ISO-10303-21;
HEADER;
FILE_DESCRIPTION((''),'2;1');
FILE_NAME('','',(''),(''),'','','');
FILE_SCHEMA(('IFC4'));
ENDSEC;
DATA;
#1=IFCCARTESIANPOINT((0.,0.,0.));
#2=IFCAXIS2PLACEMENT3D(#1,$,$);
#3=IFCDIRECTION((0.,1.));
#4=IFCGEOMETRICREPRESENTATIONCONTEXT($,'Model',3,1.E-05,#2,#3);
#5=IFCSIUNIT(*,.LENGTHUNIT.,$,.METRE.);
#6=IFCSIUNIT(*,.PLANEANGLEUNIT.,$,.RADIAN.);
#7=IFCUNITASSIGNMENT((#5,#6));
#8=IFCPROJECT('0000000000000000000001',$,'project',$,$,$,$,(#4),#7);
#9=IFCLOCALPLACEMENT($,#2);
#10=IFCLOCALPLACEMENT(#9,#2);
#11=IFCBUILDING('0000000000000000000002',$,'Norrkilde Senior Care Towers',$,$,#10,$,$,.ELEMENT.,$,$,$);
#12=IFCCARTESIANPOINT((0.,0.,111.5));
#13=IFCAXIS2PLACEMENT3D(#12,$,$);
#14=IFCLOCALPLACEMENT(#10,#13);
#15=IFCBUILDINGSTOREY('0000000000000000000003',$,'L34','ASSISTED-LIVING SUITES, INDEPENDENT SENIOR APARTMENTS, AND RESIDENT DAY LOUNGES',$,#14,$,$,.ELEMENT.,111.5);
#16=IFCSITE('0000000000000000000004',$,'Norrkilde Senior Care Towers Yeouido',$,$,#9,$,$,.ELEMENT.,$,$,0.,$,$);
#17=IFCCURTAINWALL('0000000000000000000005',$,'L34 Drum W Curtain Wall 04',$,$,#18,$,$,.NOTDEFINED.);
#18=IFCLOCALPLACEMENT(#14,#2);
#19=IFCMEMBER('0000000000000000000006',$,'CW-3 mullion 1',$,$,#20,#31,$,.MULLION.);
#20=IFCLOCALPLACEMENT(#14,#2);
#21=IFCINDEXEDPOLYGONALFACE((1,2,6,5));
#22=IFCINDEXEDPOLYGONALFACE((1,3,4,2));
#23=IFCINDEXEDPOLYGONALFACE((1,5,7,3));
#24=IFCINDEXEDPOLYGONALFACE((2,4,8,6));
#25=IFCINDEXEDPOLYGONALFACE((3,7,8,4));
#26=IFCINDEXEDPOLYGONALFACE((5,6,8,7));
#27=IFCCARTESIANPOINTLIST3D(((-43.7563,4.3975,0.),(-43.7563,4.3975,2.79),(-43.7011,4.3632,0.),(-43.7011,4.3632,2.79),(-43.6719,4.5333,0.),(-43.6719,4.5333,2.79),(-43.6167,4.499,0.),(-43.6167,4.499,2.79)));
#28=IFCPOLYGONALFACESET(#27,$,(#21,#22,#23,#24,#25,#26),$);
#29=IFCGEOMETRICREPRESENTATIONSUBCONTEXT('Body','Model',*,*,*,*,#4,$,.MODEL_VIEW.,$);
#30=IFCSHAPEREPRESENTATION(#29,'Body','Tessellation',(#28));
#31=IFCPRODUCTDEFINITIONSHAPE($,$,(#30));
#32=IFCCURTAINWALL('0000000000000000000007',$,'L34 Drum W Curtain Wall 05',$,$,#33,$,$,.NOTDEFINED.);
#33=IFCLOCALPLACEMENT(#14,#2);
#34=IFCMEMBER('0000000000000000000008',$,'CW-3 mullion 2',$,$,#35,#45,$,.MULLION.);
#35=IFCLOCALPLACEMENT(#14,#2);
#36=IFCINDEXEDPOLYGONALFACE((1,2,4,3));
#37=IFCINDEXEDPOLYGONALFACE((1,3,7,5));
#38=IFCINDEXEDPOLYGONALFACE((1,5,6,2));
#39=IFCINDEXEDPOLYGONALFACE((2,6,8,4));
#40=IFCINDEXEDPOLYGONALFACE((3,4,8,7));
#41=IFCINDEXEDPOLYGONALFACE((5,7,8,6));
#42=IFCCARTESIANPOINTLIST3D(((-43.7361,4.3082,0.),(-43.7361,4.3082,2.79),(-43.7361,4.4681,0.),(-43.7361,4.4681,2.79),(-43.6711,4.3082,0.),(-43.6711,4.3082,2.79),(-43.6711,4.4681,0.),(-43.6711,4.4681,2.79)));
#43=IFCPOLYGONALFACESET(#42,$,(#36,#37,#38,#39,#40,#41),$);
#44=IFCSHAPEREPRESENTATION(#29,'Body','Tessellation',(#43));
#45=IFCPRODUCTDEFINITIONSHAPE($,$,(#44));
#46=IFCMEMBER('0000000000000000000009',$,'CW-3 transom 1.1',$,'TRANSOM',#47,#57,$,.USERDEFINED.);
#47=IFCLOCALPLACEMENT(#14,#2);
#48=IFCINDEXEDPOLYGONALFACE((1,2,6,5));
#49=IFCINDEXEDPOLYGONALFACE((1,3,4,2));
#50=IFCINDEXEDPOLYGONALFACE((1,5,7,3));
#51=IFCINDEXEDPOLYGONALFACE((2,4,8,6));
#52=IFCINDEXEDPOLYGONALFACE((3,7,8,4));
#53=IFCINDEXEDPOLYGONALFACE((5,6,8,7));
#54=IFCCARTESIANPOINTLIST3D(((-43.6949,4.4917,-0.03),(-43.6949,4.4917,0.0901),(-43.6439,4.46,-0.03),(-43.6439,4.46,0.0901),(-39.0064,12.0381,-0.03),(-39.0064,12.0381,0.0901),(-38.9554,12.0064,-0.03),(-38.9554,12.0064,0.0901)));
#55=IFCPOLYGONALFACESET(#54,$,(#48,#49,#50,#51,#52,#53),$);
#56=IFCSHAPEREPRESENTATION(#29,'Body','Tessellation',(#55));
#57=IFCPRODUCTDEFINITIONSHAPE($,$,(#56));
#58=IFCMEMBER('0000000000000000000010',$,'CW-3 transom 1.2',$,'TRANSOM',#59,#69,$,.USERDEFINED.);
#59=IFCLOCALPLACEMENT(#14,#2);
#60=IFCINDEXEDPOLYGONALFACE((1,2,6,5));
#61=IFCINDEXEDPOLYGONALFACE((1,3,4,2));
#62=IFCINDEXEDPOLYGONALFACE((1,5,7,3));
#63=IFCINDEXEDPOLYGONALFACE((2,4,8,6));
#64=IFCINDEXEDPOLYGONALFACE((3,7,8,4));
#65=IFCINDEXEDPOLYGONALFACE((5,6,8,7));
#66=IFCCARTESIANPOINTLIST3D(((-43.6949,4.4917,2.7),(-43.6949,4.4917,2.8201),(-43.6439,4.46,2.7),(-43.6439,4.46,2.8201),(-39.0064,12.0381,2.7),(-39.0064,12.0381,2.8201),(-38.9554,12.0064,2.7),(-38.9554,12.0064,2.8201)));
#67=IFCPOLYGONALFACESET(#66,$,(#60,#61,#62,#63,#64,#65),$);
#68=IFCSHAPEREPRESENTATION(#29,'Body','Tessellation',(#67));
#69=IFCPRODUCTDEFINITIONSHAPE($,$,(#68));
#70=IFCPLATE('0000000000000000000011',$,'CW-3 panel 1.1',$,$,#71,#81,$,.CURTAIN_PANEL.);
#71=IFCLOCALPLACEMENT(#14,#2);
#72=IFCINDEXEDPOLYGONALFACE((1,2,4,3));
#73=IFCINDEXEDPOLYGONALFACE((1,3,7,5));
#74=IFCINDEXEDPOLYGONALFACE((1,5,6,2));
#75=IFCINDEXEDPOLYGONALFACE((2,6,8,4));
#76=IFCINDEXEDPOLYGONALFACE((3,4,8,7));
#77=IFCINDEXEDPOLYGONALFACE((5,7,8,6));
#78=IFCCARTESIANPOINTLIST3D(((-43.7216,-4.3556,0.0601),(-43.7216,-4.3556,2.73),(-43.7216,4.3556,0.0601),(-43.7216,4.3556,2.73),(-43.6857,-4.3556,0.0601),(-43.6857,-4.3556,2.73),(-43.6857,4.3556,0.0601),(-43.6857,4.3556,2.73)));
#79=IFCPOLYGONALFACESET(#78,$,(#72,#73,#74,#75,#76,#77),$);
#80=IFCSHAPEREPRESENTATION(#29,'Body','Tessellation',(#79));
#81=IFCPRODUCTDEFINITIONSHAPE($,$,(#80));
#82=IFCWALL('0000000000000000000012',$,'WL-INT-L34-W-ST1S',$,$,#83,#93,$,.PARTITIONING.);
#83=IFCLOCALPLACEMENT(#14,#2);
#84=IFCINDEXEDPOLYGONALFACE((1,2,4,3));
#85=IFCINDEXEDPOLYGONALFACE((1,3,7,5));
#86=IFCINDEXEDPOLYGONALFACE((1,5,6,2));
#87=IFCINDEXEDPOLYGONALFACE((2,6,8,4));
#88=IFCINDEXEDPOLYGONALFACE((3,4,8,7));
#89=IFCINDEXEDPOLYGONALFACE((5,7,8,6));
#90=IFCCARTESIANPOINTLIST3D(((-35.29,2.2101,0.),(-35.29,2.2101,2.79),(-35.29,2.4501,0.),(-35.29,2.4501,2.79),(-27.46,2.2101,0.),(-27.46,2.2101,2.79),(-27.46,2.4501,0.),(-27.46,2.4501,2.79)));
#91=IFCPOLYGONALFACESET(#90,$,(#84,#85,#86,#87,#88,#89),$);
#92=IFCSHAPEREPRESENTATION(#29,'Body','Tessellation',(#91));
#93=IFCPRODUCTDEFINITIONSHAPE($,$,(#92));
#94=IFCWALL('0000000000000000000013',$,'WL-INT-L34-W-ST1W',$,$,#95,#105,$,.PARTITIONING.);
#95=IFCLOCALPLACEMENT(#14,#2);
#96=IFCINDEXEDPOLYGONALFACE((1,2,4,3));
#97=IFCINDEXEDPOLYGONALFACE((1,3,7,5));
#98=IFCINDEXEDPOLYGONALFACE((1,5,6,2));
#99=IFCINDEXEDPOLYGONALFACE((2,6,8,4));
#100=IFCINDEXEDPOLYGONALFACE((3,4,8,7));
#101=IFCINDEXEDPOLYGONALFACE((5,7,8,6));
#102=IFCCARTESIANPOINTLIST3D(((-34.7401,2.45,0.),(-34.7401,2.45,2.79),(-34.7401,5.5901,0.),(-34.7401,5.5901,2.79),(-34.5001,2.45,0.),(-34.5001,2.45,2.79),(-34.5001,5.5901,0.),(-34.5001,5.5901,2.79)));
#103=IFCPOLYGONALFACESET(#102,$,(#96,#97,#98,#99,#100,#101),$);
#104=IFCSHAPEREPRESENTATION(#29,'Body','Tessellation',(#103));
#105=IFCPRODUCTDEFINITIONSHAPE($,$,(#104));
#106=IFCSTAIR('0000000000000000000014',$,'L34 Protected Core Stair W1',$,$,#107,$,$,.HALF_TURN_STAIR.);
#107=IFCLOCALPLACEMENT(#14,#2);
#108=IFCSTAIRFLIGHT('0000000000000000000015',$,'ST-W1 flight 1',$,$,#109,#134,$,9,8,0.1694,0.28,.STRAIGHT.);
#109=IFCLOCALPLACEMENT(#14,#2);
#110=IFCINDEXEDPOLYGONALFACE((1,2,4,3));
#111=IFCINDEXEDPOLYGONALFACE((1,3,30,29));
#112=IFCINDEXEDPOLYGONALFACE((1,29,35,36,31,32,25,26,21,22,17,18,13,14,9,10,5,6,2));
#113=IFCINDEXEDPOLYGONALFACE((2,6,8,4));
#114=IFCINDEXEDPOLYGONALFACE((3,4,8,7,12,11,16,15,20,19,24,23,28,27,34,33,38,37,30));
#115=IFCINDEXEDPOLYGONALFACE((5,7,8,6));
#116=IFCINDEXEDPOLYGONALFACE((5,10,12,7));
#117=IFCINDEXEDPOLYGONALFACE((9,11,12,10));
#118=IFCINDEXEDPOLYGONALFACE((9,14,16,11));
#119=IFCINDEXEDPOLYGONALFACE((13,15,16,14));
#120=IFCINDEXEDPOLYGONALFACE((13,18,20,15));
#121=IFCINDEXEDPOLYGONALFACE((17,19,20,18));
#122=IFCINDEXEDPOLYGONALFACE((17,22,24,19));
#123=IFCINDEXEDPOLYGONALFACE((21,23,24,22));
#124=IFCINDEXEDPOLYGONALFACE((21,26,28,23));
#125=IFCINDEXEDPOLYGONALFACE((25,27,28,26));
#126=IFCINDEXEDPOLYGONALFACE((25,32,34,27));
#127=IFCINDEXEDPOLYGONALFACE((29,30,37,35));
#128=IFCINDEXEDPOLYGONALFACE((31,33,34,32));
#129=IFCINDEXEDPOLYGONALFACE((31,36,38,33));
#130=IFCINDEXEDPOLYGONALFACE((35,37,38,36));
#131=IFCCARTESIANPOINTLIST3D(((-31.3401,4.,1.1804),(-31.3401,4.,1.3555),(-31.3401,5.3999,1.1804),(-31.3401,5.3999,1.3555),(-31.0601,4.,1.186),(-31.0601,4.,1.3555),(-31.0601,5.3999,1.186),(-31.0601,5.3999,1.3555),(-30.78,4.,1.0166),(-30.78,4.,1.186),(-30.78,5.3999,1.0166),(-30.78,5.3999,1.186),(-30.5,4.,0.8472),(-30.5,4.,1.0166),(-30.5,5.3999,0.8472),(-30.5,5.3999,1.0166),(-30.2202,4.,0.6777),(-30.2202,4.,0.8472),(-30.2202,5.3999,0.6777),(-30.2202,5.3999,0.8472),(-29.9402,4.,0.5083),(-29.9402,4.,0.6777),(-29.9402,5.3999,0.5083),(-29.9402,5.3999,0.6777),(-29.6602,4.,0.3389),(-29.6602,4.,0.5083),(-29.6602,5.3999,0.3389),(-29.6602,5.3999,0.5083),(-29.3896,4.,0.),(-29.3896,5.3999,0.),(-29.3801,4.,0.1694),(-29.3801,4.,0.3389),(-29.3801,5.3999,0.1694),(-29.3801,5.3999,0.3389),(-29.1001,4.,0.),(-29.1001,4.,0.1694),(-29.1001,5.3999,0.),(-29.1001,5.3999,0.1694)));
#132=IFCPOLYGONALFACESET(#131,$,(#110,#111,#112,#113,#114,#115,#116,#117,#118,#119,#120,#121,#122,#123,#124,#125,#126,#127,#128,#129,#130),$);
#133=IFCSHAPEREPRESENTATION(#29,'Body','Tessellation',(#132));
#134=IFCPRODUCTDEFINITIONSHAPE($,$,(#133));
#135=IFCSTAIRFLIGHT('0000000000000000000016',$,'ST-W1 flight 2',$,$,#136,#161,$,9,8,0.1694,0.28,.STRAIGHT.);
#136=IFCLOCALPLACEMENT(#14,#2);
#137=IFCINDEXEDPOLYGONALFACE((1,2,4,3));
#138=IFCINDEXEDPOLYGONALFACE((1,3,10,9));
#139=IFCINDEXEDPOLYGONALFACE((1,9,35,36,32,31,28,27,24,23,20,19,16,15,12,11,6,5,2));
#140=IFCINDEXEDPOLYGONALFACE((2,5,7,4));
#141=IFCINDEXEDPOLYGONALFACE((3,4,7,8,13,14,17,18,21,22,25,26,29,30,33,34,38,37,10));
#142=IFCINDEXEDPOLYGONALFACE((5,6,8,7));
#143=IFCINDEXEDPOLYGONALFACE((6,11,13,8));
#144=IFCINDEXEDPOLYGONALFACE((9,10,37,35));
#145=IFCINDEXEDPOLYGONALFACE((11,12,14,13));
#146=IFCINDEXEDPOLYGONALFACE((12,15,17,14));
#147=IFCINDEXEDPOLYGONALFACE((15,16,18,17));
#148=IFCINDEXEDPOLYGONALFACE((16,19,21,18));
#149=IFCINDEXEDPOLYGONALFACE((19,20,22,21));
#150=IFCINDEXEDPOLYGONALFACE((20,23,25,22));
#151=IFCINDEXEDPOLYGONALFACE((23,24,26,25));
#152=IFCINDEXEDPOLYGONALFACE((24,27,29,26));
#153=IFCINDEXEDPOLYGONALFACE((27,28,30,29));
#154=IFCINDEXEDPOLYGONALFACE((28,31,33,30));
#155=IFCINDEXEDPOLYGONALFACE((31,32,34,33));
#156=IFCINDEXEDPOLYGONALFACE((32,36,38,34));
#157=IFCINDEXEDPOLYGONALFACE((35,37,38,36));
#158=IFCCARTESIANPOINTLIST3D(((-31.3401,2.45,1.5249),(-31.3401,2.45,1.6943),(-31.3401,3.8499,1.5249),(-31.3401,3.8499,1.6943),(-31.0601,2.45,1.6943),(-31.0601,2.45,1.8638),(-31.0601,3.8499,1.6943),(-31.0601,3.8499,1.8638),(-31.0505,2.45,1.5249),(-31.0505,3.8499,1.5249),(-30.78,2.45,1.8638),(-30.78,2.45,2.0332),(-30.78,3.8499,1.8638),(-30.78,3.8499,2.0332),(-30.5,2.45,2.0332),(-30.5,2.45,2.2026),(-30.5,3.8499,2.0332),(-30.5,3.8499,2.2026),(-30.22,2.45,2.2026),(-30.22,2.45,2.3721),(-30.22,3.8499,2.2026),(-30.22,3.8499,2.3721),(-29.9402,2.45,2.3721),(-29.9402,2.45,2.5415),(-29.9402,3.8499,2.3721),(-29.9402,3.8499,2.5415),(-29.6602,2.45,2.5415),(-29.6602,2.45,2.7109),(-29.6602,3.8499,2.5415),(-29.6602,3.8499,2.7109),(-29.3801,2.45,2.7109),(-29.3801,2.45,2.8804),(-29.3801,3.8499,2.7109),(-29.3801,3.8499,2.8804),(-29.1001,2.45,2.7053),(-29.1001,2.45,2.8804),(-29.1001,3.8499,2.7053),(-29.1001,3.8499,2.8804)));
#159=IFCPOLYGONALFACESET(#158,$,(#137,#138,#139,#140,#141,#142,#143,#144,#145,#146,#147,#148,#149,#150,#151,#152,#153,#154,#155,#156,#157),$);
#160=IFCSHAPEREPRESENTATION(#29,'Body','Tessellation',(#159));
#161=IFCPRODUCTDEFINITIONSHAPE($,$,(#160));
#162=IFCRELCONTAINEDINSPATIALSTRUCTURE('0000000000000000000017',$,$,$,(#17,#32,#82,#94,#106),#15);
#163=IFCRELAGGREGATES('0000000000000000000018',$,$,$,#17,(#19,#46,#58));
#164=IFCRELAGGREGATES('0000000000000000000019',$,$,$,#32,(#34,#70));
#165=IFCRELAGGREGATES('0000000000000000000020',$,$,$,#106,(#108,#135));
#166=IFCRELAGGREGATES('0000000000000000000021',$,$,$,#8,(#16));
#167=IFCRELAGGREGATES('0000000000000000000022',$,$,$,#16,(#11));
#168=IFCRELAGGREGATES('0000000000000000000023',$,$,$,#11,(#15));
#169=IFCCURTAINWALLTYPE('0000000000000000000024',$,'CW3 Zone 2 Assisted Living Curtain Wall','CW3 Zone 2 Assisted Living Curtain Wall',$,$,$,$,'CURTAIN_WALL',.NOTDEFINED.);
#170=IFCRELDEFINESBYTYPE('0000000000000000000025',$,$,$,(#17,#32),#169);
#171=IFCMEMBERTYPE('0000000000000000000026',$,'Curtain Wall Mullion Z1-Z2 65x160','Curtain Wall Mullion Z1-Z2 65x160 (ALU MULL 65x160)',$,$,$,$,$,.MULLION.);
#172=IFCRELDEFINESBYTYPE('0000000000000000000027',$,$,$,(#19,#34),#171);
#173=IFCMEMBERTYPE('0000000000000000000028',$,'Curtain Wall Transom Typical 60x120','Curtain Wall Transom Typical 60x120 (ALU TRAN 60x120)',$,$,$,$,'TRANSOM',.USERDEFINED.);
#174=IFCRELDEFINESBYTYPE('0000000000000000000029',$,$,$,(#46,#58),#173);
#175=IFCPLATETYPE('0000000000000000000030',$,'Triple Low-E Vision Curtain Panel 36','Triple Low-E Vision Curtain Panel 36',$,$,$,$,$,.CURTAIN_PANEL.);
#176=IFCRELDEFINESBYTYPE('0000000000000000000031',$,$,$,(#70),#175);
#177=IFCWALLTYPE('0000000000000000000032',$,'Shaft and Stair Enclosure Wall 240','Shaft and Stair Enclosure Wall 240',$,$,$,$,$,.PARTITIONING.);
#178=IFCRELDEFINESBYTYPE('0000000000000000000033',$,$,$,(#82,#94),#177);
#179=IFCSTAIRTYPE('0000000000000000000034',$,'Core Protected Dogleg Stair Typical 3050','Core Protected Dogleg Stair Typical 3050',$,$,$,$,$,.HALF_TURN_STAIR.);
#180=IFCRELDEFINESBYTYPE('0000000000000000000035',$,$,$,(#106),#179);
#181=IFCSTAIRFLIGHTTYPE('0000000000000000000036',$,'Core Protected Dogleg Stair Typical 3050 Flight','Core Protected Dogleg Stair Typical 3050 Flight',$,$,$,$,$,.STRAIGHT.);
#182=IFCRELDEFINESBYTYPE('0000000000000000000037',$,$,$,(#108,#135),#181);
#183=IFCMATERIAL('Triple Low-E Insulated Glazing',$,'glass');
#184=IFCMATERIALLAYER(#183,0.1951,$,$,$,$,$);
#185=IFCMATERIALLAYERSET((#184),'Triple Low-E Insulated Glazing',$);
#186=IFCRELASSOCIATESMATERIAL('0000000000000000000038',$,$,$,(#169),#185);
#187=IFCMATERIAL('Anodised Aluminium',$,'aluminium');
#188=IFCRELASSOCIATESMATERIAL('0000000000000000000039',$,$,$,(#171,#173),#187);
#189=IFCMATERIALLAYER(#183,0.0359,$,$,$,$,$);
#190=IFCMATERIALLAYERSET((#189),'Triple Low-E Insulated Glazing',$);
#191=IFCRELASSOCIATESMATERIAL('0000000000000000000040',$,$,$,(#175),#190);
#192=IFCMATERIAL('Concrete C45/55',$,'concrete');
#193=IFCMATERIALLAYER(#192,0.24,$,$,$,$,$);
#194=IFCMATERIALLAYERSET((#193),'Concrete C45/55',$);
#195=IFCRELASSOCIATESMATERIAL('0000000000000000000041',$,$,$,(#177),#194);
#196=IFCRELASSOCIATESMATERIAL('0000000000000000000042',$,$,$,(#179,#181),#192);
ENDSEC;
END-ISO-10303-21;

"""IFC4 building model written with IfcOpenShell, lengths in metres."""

from ifc_helpers import new_model, si_unit, direction, frame, frame_2d, origin, origin_2d, place, context, subcontext, project, spatial, polyline, rectangle, outline, extrude, source, transform, mapped, material, layer, layer_set, material_profile, profile_set, type_object, type_shapes, element, aggregate, save


model = new_model("IFC4")

# Units and contexts
model_context = context("Model", 3, precision=1e-05, world=origin(), true_north=direction((0.0, 1.0)))
body_context = subcontext(model_context, "Body", "Model", "MODEL_VIEW")
ifc_project = project(units=[si_unit("LENGTHUNIT", "METRE"), si_unit("PLANEANGLEUNIT", "RADIAN")], contexts=[model_context])

# Site, building, storey
site_placement = place(None, origin())
site = spatial("IfcSite", under=ifc_project, at=site_placement, Name="Norrkilde Senior Care Towers Yeouido", CompositionType="ELEMENT", RefElevation=0.0)
building_placement = place(site_placement, origin())
building = spatial("IfcBuilding", under=site, at=building_placement, Name="Norrkilde Senior Care Towers", CompositionType="ELEMENT")
storey_placement = place(building_placement, frame((0.0, 0.0, 111.5)))
storey = spatial("IfcBuildingStorey", under=building, at=storey_placement, Name="L34", Description="ASSISTED-LIVING SUITES, INDEPENDENT SENIOR APARTMENTS, AND RESIDENT DAY LOUNGES", CompositionType="ELEMENT", Elevation=111.5)

# Curtain walls, members
ifc_material_1 = material(Name="Triple Low-E Insulated Glazing", Category="glass")
ifc_layer_1 = layer(ifc_material_1, 0.1951)
ifc_layer_set_1 = layer_set([ifc_layer_1], Name="Triple Low-E Insulated Glazing")
curtain_wall_type = type_object("IfcCurtainWallType", Name="CW3 Zone 2 Assisted Living Curtain Wall", Description="CW3 Zone 2 Assisted Living Curtain Wall", ElementType="CURTAIN_WALL", PredefinedType="NOTDEFINED", material=ifc_layer_set_1)
curtain_wall_1_placement = place(storey_placement, origin())
curtain_wall_1 = element("IfcCurtainWall", 1, at=curtain_wall_1_placement, inside=storey, type_object=curtain_wall_type, Name="L34 Drum W Curtain Wall 04", PredefinedType="NOTDEFINED")
ifc_material_2 = material(Name="Anodised Aluminium", Category="aluminium")
ifc_material_profile_1 = material_profile(ifc_material_2, rectangle(XDim=0.0649, YDim=0.1599, at=origin_2d()), Name="ALU MULL 65x160")
ifc_profile_set_1 = profile_set([ifc_material_profile_1], Name="Anodised Aluminium")
member_type_1 = type_object("IfcMemberType", Name="Curtain Wall Mullion Z1-Z2 65x160", Description="Curtain Wall Mullion Z1-Z2 65x160 (ALU MULL 65x160)", PredefinedType="MULLION", material=ifc_profile_set_1)
shared_shape_1 = source(origin(), body_context, "Body", "SweptSolid", [
    extrude(rectangle(XDim=0.0649, YDim=0.1599, at=origin_2d()), origin(), (0.0, 0.0, 1.0), 2.79),
])
type_shapes(member_type_1, [shared_shape_1])
member_1_placement = place(storey_placement, frame((-43.6865, 4.4482, 0.0), z_axis=(0.0, 0.0, 1.0), x_axis=(-0.84941, 0.527733, 0.0)))
member_1 = element("IfcMember", 2, at=member_1_placement, type_object=member_type_1, Name="CW-3 mullion 1", PredefinedType="MULLION", context=body_context, shape_type="MappedRepresentation", body=[
    mapped(shared_shape_1, transform((0.0, 0.0, 0.0), x_axis=(1.0, 0.0, 0.0), y_axis=(0.0, 1.0, 0.0), z_axis=(0.0, 0.0, 1.0), scale=1.0)),
])
curtain_wall_2_placement = place(storey_placement, origin())
curtain_wall_2 = element("IfcCurtainWall", 3, at=curtain_wall_2_placement, inside=storey, type_object=curtain_wall_type, Name="L34 Drum W Curtain Wall 05", PredefinedType="NOTDEFINED")
member_2_placement = place(storey_placement, frame((-43.7036, 4.3882, 0.0), z_axis=(0.0, 0.0, 1.0), x_axis=(-1.0, 0.0, 0.0)))
member_2 = element("IfcMember", 4, at=member_2_placement, type_object=member_type_1, Name="CW-3 mullion 2", PredefinedType="MULLION", context=body_context, shape_type="MappedRepresentation", body=[
    mapped(shared_shape_1, transform((0.0, 0.0, 0.0), x_axis=(1.0, 0.0, 0.0), y_axis=(0.0, 1.0, 0.0), z_axis=(0.0, 0.0, 1.0), scale=1.0)),
])

# Members
ifc_material_profile_2 = material_profile(ifc_material_2, rectangle(XDim=0.0601, YDim=0.1201, at=origin_2d()), Name="ALU TRAN 60x120")
ifc_profile_set_2 = profile_set([ifc_material_profile_2], Name="Anodised Aluminium")
member_type_2 = type_object("IfcMemberType", Name="Curtain Wall Transom Typical 60x120", Description="Curtain Wall Transom Typical 60x120 (ALU TRAN 60x120)", ElementType="TRANSOM", PredefinedType="USERDEFINED", material=ifc_profile_set_2)
shared_shape_2 = source(origin(), body_context, "Body", "SweptSolid", [
    extrude(rectangle(XDim=0.0601, YDim=0.1201, at=origin_2d()), origin(), (0.0, 0.0, 1.0), 8.8843),
])
type_shapes(member_type_2, [shared_shape_2])
member_3_placement = place(storey_placement, frame((-43.6694, 4.4758, 0.03), z_axis=(0.527729, 0.849413, 0.0), x_axis=(-0.849413, 0.527729, 0.0)))
member_3 = element("IfcMember", 5, at=member_3_placement, type_object=member_type_2, Name="CW-3 transom 1.1", ObjectType="TRANSOM", PredefinedType="USERDEFINED", context=body_context, shape_type="MappedRepresentation", body=[
    mapped(shared_shape_2, transform((0.0, 0.0, 0.0), x_axis=(1.0, 0.0, 0.0), y_axis=(0.0, 1.0, 0.0), z_axis=(0.0, 0.0, 1.0), scale=1.0)),
])
member_4_placement = place(storey_placement, frame((-43.6694, 4.4758, 2.76), z_axis=(0.527729, 0.849413, 0.0), x_axis=(-0.849413, 0.527729, 0.0)))
member_4 = element("IfcMember", 6, at=member_4_placement, type_object=member_type_2, Name="CW-3 transom 1.2", ObjectType="TRANSOM", PredefinedType="USERDEFINED", context=body_context, shape_type="MappedRepresentation", body=[
    mapped(shared_shape_2, transform((0.0, 0.0, 0.0), x_axis=(1.0, 0.0, 0.0), y_axis=(0.0, 1.0, 0.0), z_axis=(0.0, 0.0, 1.0), scale=1.0)),
])
aggregate(curtain_wall_1, [member_1, member_3, member_4])

# Plate
ifc_layer_2 = layer(ifc_material_1, 0.0359)
ifc_layer_set_2 = layer_set([ifc_layer_2], Name="Triple Low-E Insulated Glazing")
plate_type = type_object("IfcPlateType", Name="Triple Low-E Vision Curtain Panel 36", Description="Triple Low-E Vision Curtain Panel 36", PredefinedType="CURTAIN_PANEL", material=ifc_layer_set_2)
shared_shape_3 = source(origin(), body_context, "Body", "SweptSolid", [
    extrude(rectangle(XDim=8.7112, YDim=0.0359, at=origin_2d()), origin(), (0.0, 0.0, 1.0), 2.6699),
])
type_shapes(plate_type, [shared_shape_3])
plate_placement = place(storey_placement, frame((-43.7036, 0.0, 0.0601), z_axis=(0.0, 0.0, 1.0), x_axis=(0.0, 1.0, 0.0)))
plate = element("IfcPlate", 7, at=plate_placement, type_object=plate_type, Name="CW-3 panel 1.1", PredefinedType="CURTAIN_PANEL", context=body_context, shape_type="MappedRepresentation", body=[
    mapped(shared_shape_3, transform((0.0, 0.0, 0.0), x_axis=(1.0, 0.0, 0.0), y_axis=(0.0, 1.0, 0.0), z_axis=(0.0, 0.0, 1.0), scale=1.0)),
])
aggregate(curtain_wall_2, [member_2, plate])

# Walls
ifc_material_3 = material(Name="Concrete C45/55", Category="concrete")
ifc_layer_3 = layer(ifc_material_3, 0.24)
ifc_layer_set_3 = layer_set([ifc_layer_3], Name="Concrete C45/55")
wall_type = type_object("IfcWallType", Name="Shaft and Stair Enclosure Wall 240", Description="Shaft and Stair Enclosure Wall 240", PredefinedType="PARTITIONING", material=ifc_layer_set_3)
shared_shape_4 = source(origin(), body_context, "Body", "SweptSolid", [
    extrude(rectangle(XDim=7.8301, YDim=0.24, at=frame_2d((3.915, 0.0))), origin(), (0.0, 0.0, 1.0), 2.79),
])
wall_1_placement = place(storey_placement, frame((-35.29, 2.3301, 0.0), z_axis=(0.0, 0.0, 1.0), x_axis=(1.0, 0.0, 0.0)))
element("IfcWall", 8, at=wall_1_placement, inside=storey, type_object=wall_type, Name="WL-INT-L34-W-ST1S", PredefinedType="PARTITIONING", context=body_context, shape_type="MappedRepresentation", body=[
    mapped(shared_shape_4, transform((0.0, 0.0, 0.0), x_axis=(1.0, 0.0, 0.0), y_axis=(0.0, 1.0, 0.0), z_axis=(0.0, 0.0, 1.0), scale=1.0)),
])
shared_shape_5 = source(origin(), body_context, "Body", "SweptSolid", [
    extrude(rectangle(XDim=3.1401, YDim=0.24, at=frame_2d((1.5701, 0.0))), origin(), (0.0, 0.0, 1.0), 2.79),
])
type_shapes(wall_type, [shared_shape_4, shared_shape_5])
wall_2_placement = place(storey_placement, frame((-34.6201, 2.45, 0.0), z_axis=(0.0, 0.0, 1.0), x_axis=(0.0, 1.0, 0.0)))
element("IfcWall", 9, at=wall_2_placement, inside=storey, type_object=wall_type, Name="WL-INT-L34-W-ST1W", PredefinedType="PARTITIONING", context=body_context, shape_type="MappedRepresentation", body=[
    mapped(shared_shape_5, transform((0.0, 0.0, 0.0), x_axis=(1.0, 0.0, 0.0), y_axis=(0.0, 1.0, 0.0), z_axis=(0.0, 0.0, 1.0), scale=1.0)),
])

# Stair, stair flights
stair_type = type_object("IfcStairType", Name="Core Protected Dogleg Stair Typical 3050", Description="Core Protected Dogleg Stair Typical 3050", PredefinedType="HALF_TURN_STAIR", material=ifc_material_3)
stair_placement = place(storey_placement, origin())
stair = element("IfcStair", 10, at=stair_placement, inside=storey, type_object=stair_type, Name="L34 Protected Core Stair W1", PredefinedType="HALF_TURN_STAIR")
stair_flight_type = type_object("IfcStairFlightType", Name="Core Protected Dogleg Stair Typical 3050 Flight", Description="Core Protected Dogleg Stair Typical 3050 Flight", PredefinedType="STRAIGHT", material=ifc_material_3)
stair_flight_1_placement = place(storey_placement, frame((-29.1001, 4.7, 0.0), z_axis=(0.0, 0.0, 1.0), x_axis=(-1.0, 0.0, 0.0)))
stair_flight_1 = element("IfcStairFlight", 11, at=stair_flight_1_placement, type_object=stair_flight_type, Name="ST-W1 flight 1", NumberOfRisers=9, NumberOfTreads=8, PredefinedType="STRAIGHT", RiserHeight=0.1694, TreadLength=0.28, context=body_context, shape_type="SweptSolid", body=[
    extrude(outline(polyline([(0.0, 0.0), (0.0, 0.1694), (0.28, 0.1694), (0.28, 0.3389), (0.5601, 0.3389), (0.5601, 0.5083), (0.8401, 0.5083), (0.8401, 0.6777), (1.1201, 0.6777), (1.1201, 0.8472), (1.3999, 0.8472), (1.3999, 1.0166), (1.6799, 1.0166), (1.6799, 1.186), (1.96, 1.186), (1.96, 1.3555), (2.24, 1.3555), (2.24, 1.5249), (2.24, 1.1804), (0.2896, 0.0), (0.0, 0.0)])), frame((0.0, 0.7, 0.0), z_axis=(0.0, -1.0, 0.0), x_axis=(1.0, 0.0, 0.0)), (0.0, 0.0, 1.0), 1.3999),
])
stair_flight_2_placement = place(storey_placement, frame((-31.3401, 3.1499, 1.5249), z_axis=(0.0, 0.0, 1.0), x_axis=(1.0, 0.0, 0.0)))
stair_flight_2 = element("IfcStairFlight", 12, at=stair_flight_2_placement, type_object=stair_flight_type, Name="ST-W1 flight 2", NumberOfRisers=9, NumberOfTreads=8, PredefinedType="STRAIGHT", RiserHeight=0.1694, TreadLength=0.28, context=body_context, shape_type="SweptSolid", body=[
    extrude(outline(polyline([(0.0, 0.0), (0.0, 0.1694), (0.28, 0.1694), (0.28, 0.3389), (0.5601, 0.3389), (0.5601, 0.5083), (0.8401, 0.5083), (0.8401, 0.6777), (1.1201, 0.6777), (1.1201, 0.8472), (1.3999, 0.8472), (1.3999, 1.0166), (1.6799, 1.0166), (1.6799, 1.186), (1.96, 1.186), (1.96, 1.3555), (2.24, 1.3555), (2.24, 1.5249), (2.24, 1.1804), (0.2896, 0.0), (0.0, 0.0)])), frame((0.0, 0.7, 0.0), z_axis=(0.0, -1.0, 0.0), x_axis=(1.0, 0.0, 0.0)), (0.0, 0.0, 1.0), 1.3999),
])
aggregate(stair, [stair_flight_1, stair_flight_2])

save(model, "model.ifc")
